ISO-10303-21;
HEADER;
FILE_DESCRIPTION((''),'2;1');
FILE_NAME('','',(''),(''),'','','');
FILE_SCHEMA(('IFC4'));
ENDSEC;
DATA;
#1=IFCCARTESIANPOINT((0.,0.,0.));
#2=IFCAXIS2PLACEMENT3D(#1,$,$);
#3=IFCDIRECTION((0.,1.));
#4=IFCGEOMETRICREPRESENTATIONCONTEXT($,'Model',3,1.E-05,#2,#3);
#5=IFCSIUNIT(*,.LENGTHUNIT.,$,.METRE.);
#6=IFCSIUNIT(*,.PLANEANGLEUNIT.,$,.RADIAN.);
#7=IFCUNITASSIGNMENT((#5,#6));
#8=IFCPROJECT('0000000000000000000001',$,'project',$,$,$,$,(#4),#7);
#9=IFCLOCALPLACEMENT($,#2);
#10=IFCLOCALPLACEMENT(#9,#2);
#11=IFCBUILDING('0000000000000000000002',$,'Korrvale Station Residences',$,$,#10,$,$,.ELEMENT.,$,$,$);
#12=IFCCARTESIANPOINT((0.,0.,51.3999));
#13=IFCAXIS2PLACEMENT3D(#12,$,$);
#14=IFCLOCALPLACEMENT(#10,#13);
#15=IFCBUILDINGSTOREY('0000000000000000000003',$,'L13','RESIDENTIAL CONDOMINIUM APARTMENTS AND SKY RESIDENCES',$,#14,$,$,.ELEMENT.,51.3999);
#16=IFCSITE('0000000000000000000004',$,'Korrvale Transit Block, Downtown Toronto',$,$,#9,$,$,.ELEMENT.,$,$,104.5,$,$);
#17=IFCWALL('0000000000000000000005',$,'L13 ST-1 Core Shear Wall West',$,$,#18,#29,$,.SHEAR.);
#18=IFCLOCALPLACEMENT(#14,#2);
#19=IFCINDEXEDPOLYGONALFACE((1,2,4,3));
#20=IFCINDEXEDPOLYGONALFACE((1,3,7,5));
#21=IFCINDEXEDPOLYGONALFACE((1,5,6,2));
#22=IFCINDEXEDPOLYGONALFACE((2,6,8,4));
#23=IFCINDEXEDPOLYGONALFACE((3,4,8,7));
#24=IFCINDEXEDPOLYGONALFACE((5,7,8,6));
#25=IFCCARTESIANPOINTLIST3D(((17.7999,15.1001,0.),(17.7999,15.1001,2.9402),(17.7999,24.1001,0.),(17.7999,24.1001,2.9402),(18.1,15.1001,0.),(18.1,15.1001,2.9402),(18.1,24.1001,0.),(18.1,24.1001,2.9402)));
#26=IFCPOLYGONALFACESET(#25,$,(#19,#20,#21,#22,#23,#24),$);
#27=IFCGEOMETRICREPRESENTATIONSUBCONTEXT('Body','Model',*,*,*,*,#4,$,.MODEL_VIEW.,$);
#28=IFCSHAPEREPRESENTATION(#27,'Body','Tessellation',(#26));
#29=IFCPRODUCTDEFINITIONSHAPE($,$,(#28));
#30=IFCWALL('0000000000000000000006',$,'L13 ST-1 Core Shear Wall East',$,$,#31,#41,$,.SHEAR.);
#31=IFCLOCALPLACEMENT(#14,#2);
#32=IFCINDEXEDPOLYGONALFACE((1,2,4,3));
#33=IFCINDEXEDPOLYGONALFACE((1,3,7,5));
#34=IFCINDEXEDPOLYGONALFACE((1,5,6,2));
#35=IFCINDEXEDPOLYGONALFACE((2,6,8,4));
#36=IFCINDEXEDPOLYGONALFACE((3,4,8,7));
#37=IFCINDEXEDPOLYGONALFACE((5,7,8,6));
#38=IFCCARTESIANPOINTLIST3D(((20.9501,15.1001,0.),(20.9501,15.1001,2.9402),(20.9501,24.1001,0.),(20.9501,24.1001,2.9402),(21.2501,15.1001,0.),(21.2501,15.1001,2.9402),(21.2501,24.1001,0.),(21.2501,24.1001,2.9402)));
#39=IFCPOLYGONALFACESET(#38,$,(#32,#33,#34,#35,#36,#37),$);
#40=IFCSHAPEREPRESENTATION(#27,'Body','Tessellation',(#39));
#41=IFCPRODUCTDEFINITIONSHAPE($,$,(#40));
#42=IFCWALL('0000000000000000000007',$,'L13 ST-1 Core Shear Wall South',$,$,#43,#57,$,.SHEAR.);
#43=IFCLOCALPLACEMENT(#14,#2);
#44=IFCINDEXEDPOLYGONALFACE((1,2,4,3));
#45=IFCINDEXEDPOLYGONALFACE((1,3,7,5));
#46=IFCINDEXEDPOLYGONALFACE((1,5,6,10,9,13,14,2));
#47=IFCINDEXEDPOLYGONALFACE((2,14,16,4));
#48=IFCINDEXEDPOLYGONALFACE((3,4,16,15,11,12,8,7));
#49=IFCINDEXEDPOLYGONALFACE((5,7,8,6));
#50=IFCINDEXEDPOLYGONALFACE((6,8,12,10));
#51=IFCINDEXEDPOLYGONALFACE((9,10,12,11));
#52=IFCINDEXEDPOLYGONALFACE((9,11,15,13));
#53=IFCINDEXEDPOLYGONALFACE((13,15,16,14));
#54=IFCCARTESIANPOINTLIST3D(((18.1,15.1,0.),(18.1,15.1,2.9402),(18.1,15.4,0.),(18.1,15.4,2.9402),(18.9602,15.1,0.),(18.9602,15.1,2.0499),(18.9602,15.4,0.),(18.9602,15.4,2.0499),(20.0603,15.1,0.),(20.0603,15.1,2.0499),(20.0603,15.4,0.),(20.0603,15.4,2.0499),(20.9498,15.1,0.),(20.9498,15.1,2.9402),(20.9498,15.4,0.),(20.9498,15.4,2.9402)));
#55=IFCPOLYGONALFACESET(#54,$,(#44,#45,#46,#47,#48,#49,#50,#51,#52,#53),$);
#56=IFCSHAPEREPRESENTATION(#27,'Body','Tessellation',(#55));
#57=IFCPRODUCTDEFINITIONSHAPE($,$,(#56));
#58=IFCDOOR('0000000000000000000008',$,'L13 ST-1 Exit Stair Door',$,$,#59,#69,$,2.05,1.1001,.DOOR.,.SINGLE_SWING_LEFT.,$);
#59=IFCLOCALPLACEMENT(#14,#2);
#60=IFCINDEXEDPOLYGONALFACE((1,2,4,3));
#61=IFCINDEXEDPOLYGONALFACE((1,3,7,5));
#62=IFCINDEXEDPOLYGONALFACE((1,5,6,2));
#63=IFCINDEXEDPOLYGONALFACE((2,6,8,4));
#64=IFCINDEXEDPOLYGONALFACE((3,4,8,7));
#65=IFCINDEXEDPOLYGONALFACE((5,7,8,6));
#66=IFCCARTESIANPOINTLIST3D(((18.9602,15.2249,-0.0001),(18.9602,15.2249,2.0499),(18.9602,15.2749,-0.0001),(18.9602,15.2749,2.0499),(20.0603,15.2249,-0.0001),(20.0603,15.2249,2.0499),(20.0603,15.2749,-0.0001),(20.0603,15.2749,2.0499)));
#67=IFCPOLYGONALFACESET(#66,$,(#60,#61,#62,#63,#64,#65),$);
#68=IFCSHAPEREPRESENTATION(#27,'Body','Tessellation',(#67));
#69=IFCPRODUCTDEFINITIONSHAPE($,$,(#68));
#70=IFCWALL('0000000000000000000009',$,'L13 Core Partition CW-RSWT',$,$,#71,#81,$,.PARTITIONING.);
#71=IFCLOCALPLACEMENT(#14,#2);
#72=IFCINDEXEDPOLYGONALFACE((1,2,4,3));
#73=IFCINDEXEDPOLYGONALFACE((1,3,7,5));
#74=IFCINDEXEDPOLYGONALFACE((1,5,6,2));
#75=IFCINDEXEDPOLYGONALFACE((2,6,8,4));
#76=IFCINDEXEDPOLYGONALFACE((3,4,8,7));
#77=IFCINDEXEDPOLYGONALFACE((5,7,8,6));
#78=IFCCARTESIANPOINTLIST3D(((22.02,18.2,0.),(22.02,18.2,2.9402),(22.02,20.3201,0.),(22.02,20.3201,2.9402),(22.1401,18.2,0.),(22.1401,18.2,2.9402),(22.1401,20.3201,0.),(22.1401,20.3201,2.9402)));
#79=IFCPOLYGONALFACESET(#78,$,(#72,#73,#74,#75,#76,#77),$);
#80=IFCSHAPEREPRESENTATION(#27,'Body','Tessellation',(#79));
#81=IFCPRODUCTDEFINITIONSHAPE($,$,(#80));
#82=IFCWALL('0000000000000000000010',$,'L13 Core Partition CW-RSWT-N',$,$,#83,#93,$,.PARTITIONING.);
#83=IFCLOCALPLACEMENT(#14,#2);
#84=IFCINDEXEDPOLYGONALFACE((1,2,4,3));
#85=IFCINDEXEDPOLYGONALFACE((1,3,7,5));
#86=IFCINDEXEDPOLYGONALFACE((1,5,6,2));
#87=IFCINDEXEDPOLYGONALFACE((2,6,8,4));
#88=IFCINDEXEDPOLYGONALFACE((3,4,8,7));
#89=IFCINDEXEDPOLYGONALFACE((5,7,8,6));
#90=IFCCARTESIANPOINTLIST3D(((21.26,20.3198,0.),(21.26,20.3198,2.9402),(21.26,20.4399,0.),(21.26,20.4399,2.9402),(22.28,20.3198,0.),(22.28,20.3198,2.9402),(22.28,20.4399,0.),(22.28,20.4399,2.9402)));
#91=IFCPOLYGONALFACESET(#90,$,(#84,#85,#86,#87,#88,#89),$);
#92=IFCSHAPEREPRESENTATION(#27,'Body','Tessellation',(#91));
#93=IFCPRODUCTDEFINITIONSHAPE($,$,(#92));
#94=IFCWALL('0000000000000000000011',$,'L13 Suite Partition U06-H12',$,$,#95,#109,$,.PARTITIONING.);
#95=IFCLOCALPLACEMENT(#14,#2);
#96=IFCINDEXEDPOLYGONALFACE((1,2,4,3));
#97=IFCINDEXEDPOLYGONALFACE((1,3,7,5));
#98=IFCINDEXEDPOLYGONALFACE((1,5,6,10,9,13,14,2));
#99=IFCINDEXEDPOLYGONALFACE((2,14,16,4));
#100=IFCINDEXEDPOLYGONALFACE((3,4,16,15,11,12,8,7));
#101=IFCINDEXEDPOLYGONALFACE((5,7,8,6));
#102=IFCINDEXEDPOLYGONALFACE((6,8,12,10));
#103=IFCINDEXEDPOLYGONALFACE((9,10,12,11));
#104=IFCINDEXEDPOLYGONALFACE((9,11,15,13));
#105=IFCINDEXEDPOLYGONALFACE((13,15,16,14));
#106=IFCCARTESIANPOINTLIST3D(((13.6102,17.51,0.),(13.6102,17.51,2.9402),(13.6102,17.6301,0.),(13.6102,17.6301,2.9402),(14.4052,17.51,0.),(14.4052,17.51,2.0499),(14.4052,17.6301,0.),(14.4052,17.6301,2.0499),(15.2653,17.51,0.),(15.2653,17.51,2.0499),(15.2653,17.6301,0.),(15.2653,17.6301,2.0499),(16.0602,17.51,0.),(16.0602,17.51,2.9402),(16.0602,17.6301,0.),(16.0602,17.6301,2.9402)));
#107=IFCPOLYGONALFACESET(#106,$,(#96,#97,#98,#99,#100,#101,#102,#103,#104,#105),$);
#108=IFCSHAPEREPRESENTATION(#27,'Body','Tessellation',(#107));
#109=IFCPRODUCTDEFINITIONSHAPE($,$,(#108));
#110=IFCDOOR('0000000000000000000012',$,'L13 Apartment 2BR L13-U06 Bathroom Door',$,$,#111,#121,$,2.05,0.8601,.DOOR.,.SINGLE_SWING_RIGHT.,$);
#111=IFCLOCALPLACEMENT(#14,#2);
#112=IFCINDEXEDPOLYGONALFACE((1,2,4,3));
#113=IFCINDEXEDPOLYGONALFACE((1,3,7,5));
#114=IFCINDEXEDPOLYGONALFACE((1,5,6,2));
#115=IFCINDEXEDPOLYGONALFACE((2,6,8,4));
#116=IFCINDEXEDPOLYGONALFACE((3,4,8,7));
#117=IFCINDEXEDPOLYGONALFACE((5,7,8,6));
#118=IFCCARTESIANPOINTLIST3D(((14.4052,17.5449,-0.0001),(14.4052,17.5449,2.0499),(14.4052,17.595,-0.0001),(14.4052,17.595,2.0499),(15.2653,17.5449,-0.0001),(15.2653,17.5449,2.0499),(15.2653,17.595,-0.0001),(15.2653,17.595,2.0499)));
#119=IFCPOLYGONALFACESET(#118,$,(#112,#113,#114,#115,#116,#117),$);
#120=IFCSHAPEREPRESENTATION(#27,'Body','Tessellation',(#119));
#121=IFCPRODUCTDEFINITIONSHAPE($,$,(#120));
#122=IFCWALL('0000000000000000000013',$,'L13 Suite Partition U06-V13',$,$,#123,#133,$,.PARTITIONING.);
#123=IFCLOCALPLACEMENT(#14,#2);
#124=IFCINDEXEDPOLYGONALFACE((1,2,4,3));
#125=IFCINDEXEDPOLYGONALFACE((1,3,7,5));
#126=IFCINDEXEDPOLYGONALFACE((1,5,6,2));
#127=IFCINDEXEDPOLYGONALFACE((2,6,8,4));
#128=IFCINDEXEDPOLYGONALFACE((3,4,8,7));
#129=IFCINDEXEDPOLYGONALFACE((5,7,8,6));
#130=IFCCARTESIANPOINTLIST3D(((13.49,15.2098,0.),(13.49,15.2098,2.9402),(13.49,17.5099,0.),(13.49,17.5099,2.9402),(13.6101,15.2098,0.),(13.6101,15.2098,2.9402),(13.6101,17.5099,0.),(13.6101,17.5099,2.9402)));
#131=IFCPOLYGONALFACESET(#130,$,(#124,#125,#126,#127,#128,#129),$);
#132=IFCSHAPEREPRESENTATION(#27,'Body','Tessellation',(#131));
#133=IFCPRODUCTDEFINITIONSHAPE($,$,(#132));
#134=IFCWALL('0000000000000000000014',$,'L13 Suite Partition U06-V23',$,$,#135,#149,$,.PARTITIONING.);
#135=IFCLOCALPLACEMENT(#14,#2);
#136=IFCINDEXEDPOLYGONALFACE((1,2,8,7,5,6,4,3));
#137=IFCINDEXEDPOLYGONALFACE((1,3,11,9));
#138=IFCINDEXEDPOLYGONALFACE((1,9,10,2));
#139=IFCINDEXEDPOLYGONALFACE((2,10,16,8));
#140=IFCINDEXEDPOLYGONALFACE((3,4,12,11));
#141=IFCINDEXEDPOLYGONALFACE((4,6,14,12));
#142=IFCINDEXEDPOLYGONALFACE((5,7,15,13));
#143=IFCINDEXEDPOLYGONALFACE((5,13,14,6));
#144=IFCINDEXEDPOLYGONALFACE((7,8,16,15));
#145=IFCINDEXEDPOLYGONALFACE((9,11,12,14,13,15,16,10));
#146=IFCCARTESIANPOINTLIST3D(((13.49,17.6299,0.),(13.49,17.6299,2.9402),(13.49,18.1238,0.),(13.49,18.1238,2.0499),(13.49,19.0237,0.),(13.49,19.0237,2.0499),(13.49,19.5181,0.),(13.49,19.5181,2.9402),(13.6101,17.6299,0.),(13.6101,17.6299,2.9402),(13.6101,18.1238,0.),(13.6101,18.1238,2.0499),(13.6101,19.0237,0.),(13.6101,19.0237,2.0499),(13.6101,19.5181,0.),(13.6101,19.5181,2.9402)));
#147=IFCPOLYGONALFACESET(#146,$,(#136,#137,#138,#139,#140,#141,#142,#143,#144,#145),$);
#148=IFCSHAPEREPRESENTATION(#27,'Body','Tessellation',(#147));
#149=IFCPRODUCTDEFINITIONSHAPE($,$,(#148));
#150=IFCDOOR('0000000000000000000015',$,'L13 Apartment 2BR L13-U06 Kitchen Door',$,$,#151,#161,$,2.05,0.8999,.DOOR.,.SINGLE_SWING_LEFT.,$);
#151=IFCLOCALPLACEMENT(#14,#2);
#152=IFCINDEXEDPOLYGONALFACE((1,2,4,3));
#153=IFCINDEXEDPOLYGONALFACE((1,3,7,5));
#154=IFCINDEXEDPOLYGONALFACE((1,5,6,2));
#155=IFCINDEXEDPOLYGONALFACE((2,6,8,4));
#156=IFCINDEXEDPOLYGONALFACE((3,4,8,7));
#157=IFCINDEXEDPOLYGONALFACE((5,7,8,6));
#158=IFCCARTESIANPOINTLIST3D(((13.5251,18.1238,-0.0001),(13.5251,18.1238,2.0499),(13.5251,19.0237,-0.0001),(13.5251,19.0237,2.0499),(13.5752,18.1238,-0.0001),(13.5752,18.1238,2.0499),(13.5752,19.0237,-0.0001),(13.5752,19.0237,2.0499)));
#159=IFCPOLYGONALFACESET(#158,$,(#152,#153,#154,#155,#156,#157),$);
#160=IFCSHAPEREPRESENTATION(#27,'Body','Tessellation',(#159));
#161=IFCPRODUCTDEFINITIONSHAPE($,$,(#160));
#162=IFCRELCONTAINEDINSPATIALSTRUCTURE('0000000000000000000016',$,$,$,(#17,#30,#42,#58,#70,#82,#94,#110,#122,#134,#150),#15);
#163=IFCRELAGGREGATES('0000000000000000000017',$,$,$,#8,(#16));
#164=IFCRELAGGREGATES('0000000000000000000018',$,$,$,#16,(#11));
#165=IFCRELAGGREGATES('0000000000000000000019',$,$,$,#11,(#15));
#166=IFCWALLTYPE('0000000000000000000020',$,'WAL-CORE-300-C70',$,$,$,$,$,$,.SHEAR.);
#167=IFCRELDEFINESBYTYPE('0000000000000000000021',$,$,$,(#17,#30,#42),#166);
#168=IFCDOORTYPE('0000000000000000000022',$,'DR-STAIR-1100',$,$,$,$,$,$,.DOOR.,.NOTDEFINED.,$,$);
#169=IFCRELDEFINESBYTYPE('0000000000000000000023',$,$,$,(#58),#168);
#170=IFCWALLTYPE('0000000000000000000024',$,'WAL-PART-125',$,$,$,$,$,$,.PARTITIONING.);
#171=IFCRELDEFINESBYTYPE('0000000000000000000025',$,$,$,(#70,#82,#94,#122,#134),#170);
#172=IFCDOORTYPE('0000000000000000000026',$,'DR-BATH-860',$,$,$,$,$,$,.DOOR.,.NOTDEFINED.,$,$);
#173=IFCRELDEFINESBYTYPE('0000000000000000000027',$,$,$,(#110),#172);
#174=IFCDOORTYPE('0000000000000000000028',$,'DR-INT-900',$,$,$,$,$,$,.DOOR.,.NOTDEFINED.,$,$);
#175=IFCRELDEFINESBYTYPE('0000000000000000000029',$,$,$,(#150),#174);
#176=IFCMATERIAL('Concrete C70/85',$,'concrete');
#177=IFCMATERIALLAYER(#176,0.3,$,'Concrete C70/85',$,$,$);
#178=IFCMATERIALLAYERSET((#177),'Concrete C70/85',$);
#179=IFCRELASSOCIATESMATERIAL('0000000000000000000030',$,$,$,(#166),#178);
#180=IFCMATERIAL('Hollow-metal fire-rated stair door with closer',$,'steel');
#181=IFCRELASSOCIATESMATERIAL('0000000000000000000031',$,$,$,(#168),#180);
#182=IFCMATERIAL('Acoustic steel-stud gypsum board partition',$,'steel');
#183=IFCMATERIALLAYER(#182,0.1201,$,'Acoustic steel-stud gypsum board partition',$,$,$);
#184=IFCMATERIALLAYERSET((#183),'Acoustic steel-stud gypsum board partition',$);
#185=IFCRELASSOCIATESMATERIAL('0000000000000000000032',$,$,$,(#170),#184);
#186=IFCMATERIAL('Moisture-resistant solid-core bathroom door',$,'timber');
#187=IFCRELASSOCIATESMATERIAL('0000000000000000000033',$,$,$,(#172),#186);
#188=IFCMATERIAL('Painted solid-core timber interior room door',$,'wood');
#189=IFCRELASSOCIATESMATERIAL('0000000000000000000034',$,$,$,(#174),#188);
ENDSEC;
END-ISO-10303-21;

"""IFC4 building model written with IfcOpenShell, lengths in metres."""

from ifc_helpers import new_model, si_unit, direction, frame, frame_2d, origin, place, context, subcontext, project, spatial, rectangle, extrude, material, layer, layer_set, type_object, element, fill, save


model = new_model("IFC4")

# Units and contexts
model_context = context("Model", 3, precision=1e-05, world=origin(), true_north=direction((0.0, 1.0)))
body_context = subcontext(model_context, "Body", "Model", "MODEL_VIEW")
ifc_project = project(units=[si_unit("LENGTHUNIT", "METRE"), si_unit("PLANEANGLEUNIT", "RADIAN")], contexts=[model_context])

# Site, building, storey
site_placement = place(None, origin())
site = spatial("IfcSite", under=ifc_project, at=site_placement, Name="Korrvale Transit Block, Downtown Toronto", CompositionType="ELEMENT", RefElevation=104.5)
building_placement = place(site_placement, origin())
building = spatial("IfcBuilding", under=site, at=building_placement, Name="Korrvale Station Residences", CompositionType="ELEMENT")
storey_placement = place(building_placement, frame((0.0, 0.0, 51.3999)))
storey = spatial("IfcBuildingStorey", under=building, at=storey_placement, Name="L13", Description="RESIDENTIAL CONDOMINIUM APARTMENTS AND SKY RESIDENCES", CompositionType="ELEMENT", Elevation=51.3999)

# Walls
ifc_material_1 = material(Name="Concrete C70/85", Category="concrete")
ifc_layer_1 = layer(ifc_material_1, 0.3, Name="Concrete C70/85")
ifc_layer_set_1 = layer_set([ifc_layer_1], Name="Concrete C70/85")
wall_type_1 = type_object("IfcWallType", Name="WAL-CORE-300-C70", PredefinedType="SHEAR", material=ifc_layer_set_1)
for number, where, z_axis, x_axis, name in (
    (1, (17.95, 15.1001, 0.0), (0.0, 0.0, 1.0), (0.0, 1.0, 0.0), "L13 ST-1 Core Shear Wall West"),
    (2, (21.1001, 15.1001, 0.0), (0.0, 0.0, 1.0), (0.0, 1.0, 0.0), "L13 ST-1 Core Shear Wall East"),
):
    element("IfcWall", number, at=place(storey_placement, frame(where, z_axis=z_axis, x_axis=x_axis)), inside=storey, type_object=wall_type_1, Name=name, PredefinedType="SHEAR", context=body_context, shape_type="SweptSolid", body=[
        extrude(rectangle(XDim=9.0, YDim=0.3, at=frame_2d((4.5, 0.0))), origin(), (0.0, 0.0, 1.0), 2.9402),
    ])

# Wall, opening, door
wall_1_placement = place(storey_placement, frame((18.1001, 15.25, 0.0), z_axis=(0.0, 0.0, 1.0), x_axis=(1.0, 0.0, 0.0)))
wall_1 = element("IfcWall", 3, at=wall_1_placement, inside=storey, type_object=wall_type_1, Name="L13 ST-1 Core Shear Wall South", PredefinedType="SHEAR", context=body_context, shape_type="SweptSolid", body=[
    extrude(rectangle(XDim=2.8499, YDim=0.3, at=frame_2d((1.4248, 0.0))), origin(), (0.0, 0.0, 1.0), 2.9402),
])
opening_1_placement = place(wall_1_placement, frame((0.8601, 0.0, 0.0)))
opening_1 = element("IfcOpeningElement", 4, at=opening_1_placement, cuts=wall_1, PredefinedType="OPENING", context=body_context, shape_type="SweptSolid", body=[
    extrude(rectangle(XDim=1.1001, YDim=2.05, at=frame_2d((0.55, 1.0249))), frame((0.0, 0.1602, 0.0), z_axis=(0.0, -1.0, 0.0), x_axis=(1.0, 0.0, 0.0)), (0.0, 0.0, 1.0), 0.3201),
])
ifc_material_2 = material(Name="Hollow-metal fire-rated stair door with closer", Category="steel")
door_type_1 = type_object("IfcDoorType", Name="DR-STAIR-1100", OperationType="NOTDEFINED", PredefinedType="DOOR", material=ifc_material_2)
door_1_placement = place(opening_1_placement, origin())
door_1 = element("IfcDoor", 5, at=door_1_placement, inside=storey, type_object=door_type_1, Name="L13 ST-1 Exit Stair Door", OperationType="SINGLE_SWING_LEFT", OverallHeight=2.05, OverallWidth=1.1001, PredefinedType="DOOR", context=body_context, shape_type="SweptSolid", body=[
    extrude(rectangle(XDim=1.1001, YDim=2.05, at=frame_2d((0.55, 1.0249))), frame((0.0, 0.0249, 0.0), z_axis=(0.0, -1.0, 0.0), x_axis=(1.0, 0.0, 0.0)), (0.0, 0.0, 1.0), 0.05),
])
fill(opening_1, door_1)

# Walls
ifc_material_3 = material(Name="Acoustic steel-stud gypsum board partition", Category="steel")
ifc_layer_2 = layer(ifc_material_3, 0.1201, Name="Acoustic steel-stud gypsum board partition")
ifc_layer_set_2 = layer_set([ifc_layer_2], Name="Acoustic steel-stud gypsum board partition")
wall_type_2 = type_object("IfcWallType", Name="WAL-PART-125", PredefinedType="PARTITIONING", material=ifc_layer_set_2)
wall_2_placement = place(storey_placement, frame((22.0801, 18.2, 0.0), z_axis=(0.0, 0.0, 1.0), x_axis=(0.0, 1.0, 0.0)))
element("IfcWall", 6, at=wall_2_placement, inside=storey, type_object=wall_type_2, Name="L13 Core Partition CW-RSWT", PredefinedType="PARTITIONING", context=body_context, shape_type="SweptSolid", body=[
    extrude(rectangle(XDim=2.1201, YDim=0.1201, at=frame_2d((1.0601, 0.0))), origin(), (0.0, 0.0, 1.0), 2.9402),
])
wall_3_placement = place(storey_placement, frame((22.28, 20.3799, 0.0), z_axis=(0.0, 0.0, 1.0), x_axis=(-1.0, 0.0, 0.0)))
element("IfcWall", 7, at=wall_3_placement, inside=storey, type_object=wall_type_2, Name="L13 Core Partition CW-RSWT-N", PredefinedType="PARTITIONING", context=body_context, shape_type="SweptSolid", body=[
    extrude(rectangle(XDim=1.02, YDim=0.1201, at=frame_2d((0.51, 0.0))), origin(), (0.0, 0.0, 1.0), 2.9402),
])

# Wall, opening, door
wall_4_placement = place(storey_placement, frame((13.6101, 17.5701, 0.0), z_axis=(0.0, 0.0, 1.0), x_axis=(1.0, 0.0, 0.0)))
wall_4 = element("IfcWall", 8, at=wall_4_placement, inside=storey, type_object=wall_type_2, Name="L13 Suite Partition U06-H12", PredefinedType="PARTITIONING", context=body_context, shape_type="SweptSolid", body=[
    extrude(rectangle(XDim=2.45, YDim=0.1201, at=frame_2d((1.2251, 0.0))), origin(), (0.0, 0.0, 1.0), 2.9402),
])
opening_2_placement = place(wall_4_placement, frame((0.7949, 0.0, 0.0)))
opening_2 = element("IfcOpeningElement", 9, at=opening_2_placement, cuts=wall_4, PredefinedType="OPENING", context=body_context, shape_type="SweptSolid", body=[
    extrude(rectangle(XDim=0.8601, YDim=2.05, at=frame_2d((0.4302, 1.0249))), frame((0.0, 0.0701, 0.0), z_axis=(0.0, -1.0, 0.0), x_axis=(1.0, 0.0, 0.0)), (0.0, 0.0, 1.0), 0.1401),
])
ifc_material_4 = material(Name="Moisture-resistant solid-core bathroom door", Category="timber")
door_type_2 = type_object("IfcDoorType", Name="DR-BATH-860", OperationType="NOTDEFINED", PredefinedType="DOOR", material=ifc_material_4)
door_2_placement = place(opening_2_placement, origin())
door_2 = element("IfcDoor", 10, at=door_2_placement, inside=storey, type_object=door_type_2, Name="L13 Apartment 2BR L13-U06 Bathroom Door", OperationType="SINGLE_SWING_RIGHT", OverallHeight=2.05, OverallWidth=0.8601, PredefinedType="DOOR", context=body_context, shape_type="SweptSolid", body=[
    extrude(rectangle(XDim=0.8601, YDim=2.05, at=frame_2d((0.4302, 1.0249))), frame((0.0, 0.0249, 0.0), z_axis=(0.0, -1.0, 0.0), x_axis=(1.0, 0.0, 0.0)), (0.0, 0.0, 1.0), 0.05),
])
fill(opening_2, door_2)

# Wall
wall_5_placement = place(storey_placement, frame((13.55, 15.21, 0.0), z_axis=(0.0, 0.0, 1.0), x_axis=(0.0, 1.0, 0.0)))
element("IfcWall", 11, at=wall_5_placement, inside=storey, type_object=wall_type_2, Name="L13 Suite Partition U06-V13", PredefinedType="PARTITIONING", context=body_context, shape_type="SweptSolid", body=[
    extrude(rectangle(XDim=2.3, YDim=0.1201, at=frame_2d((1.1499, 0.0))), origin(), (0.0, 0.0, 1.0), 2.9402),
])

# Wall, opening, door
wall_6_placement = place(storey_placement, frame((13.55, 17.6299, 0.0), z_axis=(0.0, 0.0, 1.0), x_axis=(0.0, 1.0, 0.0)))
wall_6 = element("IfcWall", 12, at=wall_6_placement, inside=storey, type_object=wall_type_2, Name="L13 Suite Partition U06-V23", PredefinedType="PARTITIONING", context=body_context, shape_type="SweptSolid", body=[
    extrude(rectangle(XDim=1.8882, YDim=0.1201, at=frame_2d((0.9441, 0.0))), origin(), (0.0, 0.0, 1.0), 2.9402),
])
opening_3_placement = place(wall_6_placement, frame((0.4939, 0.0, 0.0)))
opening_3 = element("IfcOpeningElement", 13, at=opening_3_placement, cuts=wall_6, PredefinedType="OPENING", context=body_context, shape_type="SweptSolid", body=[
    extrude(rectangle(XDim=0.8999, YDim=2.05, at=frame_2d((0.45, 1.0249))), frame((0.0, 0.0701, 0.0), z_axis=(0.0, -1.0, 0.0), x_axis=(1.0, 0.0, 0.0)), (0.0, 0.0, 1.0), 0.1401),
])
ifc_material_5 = material(Name="Painted solid-core timber interior room door", Category="wood")
door_type_3 = type_object("IfcDoorType", Name="DR-INT-900", OperationType="NOTDEFINED", PredefinedType="DOOR", material=ifc_material_5)
door_3_placement = place(opening_3_placement, origin())
door_3 = element("IfcDoor", 14, at=door_3_placement, inside=storey, type_object=door_type_3, Name="L13 Apartment 2BR L13-U06 Kitchen Door", OperationType="SINGLE_SWING_LEFT", OverallHeight=2.05, OverallWidth=0.8999, PredefinedType="DOOR", context=body_context, shape_type="SweptSolid", body=[
    extrude(rectangle(XDim=0.8999, YDim=2.05, at=frame_2d((0.45, 1.0249))), frame((0.0, 0.0249, 0.0), z_axis=(0.0, -1.0, 0.0), x_axis=(1.0, 0.0, 0.0)), (0.0, 0.0, 1.0), 0.05),
])
fill(opening_3, door_3)

save(model, "model.ifc")
